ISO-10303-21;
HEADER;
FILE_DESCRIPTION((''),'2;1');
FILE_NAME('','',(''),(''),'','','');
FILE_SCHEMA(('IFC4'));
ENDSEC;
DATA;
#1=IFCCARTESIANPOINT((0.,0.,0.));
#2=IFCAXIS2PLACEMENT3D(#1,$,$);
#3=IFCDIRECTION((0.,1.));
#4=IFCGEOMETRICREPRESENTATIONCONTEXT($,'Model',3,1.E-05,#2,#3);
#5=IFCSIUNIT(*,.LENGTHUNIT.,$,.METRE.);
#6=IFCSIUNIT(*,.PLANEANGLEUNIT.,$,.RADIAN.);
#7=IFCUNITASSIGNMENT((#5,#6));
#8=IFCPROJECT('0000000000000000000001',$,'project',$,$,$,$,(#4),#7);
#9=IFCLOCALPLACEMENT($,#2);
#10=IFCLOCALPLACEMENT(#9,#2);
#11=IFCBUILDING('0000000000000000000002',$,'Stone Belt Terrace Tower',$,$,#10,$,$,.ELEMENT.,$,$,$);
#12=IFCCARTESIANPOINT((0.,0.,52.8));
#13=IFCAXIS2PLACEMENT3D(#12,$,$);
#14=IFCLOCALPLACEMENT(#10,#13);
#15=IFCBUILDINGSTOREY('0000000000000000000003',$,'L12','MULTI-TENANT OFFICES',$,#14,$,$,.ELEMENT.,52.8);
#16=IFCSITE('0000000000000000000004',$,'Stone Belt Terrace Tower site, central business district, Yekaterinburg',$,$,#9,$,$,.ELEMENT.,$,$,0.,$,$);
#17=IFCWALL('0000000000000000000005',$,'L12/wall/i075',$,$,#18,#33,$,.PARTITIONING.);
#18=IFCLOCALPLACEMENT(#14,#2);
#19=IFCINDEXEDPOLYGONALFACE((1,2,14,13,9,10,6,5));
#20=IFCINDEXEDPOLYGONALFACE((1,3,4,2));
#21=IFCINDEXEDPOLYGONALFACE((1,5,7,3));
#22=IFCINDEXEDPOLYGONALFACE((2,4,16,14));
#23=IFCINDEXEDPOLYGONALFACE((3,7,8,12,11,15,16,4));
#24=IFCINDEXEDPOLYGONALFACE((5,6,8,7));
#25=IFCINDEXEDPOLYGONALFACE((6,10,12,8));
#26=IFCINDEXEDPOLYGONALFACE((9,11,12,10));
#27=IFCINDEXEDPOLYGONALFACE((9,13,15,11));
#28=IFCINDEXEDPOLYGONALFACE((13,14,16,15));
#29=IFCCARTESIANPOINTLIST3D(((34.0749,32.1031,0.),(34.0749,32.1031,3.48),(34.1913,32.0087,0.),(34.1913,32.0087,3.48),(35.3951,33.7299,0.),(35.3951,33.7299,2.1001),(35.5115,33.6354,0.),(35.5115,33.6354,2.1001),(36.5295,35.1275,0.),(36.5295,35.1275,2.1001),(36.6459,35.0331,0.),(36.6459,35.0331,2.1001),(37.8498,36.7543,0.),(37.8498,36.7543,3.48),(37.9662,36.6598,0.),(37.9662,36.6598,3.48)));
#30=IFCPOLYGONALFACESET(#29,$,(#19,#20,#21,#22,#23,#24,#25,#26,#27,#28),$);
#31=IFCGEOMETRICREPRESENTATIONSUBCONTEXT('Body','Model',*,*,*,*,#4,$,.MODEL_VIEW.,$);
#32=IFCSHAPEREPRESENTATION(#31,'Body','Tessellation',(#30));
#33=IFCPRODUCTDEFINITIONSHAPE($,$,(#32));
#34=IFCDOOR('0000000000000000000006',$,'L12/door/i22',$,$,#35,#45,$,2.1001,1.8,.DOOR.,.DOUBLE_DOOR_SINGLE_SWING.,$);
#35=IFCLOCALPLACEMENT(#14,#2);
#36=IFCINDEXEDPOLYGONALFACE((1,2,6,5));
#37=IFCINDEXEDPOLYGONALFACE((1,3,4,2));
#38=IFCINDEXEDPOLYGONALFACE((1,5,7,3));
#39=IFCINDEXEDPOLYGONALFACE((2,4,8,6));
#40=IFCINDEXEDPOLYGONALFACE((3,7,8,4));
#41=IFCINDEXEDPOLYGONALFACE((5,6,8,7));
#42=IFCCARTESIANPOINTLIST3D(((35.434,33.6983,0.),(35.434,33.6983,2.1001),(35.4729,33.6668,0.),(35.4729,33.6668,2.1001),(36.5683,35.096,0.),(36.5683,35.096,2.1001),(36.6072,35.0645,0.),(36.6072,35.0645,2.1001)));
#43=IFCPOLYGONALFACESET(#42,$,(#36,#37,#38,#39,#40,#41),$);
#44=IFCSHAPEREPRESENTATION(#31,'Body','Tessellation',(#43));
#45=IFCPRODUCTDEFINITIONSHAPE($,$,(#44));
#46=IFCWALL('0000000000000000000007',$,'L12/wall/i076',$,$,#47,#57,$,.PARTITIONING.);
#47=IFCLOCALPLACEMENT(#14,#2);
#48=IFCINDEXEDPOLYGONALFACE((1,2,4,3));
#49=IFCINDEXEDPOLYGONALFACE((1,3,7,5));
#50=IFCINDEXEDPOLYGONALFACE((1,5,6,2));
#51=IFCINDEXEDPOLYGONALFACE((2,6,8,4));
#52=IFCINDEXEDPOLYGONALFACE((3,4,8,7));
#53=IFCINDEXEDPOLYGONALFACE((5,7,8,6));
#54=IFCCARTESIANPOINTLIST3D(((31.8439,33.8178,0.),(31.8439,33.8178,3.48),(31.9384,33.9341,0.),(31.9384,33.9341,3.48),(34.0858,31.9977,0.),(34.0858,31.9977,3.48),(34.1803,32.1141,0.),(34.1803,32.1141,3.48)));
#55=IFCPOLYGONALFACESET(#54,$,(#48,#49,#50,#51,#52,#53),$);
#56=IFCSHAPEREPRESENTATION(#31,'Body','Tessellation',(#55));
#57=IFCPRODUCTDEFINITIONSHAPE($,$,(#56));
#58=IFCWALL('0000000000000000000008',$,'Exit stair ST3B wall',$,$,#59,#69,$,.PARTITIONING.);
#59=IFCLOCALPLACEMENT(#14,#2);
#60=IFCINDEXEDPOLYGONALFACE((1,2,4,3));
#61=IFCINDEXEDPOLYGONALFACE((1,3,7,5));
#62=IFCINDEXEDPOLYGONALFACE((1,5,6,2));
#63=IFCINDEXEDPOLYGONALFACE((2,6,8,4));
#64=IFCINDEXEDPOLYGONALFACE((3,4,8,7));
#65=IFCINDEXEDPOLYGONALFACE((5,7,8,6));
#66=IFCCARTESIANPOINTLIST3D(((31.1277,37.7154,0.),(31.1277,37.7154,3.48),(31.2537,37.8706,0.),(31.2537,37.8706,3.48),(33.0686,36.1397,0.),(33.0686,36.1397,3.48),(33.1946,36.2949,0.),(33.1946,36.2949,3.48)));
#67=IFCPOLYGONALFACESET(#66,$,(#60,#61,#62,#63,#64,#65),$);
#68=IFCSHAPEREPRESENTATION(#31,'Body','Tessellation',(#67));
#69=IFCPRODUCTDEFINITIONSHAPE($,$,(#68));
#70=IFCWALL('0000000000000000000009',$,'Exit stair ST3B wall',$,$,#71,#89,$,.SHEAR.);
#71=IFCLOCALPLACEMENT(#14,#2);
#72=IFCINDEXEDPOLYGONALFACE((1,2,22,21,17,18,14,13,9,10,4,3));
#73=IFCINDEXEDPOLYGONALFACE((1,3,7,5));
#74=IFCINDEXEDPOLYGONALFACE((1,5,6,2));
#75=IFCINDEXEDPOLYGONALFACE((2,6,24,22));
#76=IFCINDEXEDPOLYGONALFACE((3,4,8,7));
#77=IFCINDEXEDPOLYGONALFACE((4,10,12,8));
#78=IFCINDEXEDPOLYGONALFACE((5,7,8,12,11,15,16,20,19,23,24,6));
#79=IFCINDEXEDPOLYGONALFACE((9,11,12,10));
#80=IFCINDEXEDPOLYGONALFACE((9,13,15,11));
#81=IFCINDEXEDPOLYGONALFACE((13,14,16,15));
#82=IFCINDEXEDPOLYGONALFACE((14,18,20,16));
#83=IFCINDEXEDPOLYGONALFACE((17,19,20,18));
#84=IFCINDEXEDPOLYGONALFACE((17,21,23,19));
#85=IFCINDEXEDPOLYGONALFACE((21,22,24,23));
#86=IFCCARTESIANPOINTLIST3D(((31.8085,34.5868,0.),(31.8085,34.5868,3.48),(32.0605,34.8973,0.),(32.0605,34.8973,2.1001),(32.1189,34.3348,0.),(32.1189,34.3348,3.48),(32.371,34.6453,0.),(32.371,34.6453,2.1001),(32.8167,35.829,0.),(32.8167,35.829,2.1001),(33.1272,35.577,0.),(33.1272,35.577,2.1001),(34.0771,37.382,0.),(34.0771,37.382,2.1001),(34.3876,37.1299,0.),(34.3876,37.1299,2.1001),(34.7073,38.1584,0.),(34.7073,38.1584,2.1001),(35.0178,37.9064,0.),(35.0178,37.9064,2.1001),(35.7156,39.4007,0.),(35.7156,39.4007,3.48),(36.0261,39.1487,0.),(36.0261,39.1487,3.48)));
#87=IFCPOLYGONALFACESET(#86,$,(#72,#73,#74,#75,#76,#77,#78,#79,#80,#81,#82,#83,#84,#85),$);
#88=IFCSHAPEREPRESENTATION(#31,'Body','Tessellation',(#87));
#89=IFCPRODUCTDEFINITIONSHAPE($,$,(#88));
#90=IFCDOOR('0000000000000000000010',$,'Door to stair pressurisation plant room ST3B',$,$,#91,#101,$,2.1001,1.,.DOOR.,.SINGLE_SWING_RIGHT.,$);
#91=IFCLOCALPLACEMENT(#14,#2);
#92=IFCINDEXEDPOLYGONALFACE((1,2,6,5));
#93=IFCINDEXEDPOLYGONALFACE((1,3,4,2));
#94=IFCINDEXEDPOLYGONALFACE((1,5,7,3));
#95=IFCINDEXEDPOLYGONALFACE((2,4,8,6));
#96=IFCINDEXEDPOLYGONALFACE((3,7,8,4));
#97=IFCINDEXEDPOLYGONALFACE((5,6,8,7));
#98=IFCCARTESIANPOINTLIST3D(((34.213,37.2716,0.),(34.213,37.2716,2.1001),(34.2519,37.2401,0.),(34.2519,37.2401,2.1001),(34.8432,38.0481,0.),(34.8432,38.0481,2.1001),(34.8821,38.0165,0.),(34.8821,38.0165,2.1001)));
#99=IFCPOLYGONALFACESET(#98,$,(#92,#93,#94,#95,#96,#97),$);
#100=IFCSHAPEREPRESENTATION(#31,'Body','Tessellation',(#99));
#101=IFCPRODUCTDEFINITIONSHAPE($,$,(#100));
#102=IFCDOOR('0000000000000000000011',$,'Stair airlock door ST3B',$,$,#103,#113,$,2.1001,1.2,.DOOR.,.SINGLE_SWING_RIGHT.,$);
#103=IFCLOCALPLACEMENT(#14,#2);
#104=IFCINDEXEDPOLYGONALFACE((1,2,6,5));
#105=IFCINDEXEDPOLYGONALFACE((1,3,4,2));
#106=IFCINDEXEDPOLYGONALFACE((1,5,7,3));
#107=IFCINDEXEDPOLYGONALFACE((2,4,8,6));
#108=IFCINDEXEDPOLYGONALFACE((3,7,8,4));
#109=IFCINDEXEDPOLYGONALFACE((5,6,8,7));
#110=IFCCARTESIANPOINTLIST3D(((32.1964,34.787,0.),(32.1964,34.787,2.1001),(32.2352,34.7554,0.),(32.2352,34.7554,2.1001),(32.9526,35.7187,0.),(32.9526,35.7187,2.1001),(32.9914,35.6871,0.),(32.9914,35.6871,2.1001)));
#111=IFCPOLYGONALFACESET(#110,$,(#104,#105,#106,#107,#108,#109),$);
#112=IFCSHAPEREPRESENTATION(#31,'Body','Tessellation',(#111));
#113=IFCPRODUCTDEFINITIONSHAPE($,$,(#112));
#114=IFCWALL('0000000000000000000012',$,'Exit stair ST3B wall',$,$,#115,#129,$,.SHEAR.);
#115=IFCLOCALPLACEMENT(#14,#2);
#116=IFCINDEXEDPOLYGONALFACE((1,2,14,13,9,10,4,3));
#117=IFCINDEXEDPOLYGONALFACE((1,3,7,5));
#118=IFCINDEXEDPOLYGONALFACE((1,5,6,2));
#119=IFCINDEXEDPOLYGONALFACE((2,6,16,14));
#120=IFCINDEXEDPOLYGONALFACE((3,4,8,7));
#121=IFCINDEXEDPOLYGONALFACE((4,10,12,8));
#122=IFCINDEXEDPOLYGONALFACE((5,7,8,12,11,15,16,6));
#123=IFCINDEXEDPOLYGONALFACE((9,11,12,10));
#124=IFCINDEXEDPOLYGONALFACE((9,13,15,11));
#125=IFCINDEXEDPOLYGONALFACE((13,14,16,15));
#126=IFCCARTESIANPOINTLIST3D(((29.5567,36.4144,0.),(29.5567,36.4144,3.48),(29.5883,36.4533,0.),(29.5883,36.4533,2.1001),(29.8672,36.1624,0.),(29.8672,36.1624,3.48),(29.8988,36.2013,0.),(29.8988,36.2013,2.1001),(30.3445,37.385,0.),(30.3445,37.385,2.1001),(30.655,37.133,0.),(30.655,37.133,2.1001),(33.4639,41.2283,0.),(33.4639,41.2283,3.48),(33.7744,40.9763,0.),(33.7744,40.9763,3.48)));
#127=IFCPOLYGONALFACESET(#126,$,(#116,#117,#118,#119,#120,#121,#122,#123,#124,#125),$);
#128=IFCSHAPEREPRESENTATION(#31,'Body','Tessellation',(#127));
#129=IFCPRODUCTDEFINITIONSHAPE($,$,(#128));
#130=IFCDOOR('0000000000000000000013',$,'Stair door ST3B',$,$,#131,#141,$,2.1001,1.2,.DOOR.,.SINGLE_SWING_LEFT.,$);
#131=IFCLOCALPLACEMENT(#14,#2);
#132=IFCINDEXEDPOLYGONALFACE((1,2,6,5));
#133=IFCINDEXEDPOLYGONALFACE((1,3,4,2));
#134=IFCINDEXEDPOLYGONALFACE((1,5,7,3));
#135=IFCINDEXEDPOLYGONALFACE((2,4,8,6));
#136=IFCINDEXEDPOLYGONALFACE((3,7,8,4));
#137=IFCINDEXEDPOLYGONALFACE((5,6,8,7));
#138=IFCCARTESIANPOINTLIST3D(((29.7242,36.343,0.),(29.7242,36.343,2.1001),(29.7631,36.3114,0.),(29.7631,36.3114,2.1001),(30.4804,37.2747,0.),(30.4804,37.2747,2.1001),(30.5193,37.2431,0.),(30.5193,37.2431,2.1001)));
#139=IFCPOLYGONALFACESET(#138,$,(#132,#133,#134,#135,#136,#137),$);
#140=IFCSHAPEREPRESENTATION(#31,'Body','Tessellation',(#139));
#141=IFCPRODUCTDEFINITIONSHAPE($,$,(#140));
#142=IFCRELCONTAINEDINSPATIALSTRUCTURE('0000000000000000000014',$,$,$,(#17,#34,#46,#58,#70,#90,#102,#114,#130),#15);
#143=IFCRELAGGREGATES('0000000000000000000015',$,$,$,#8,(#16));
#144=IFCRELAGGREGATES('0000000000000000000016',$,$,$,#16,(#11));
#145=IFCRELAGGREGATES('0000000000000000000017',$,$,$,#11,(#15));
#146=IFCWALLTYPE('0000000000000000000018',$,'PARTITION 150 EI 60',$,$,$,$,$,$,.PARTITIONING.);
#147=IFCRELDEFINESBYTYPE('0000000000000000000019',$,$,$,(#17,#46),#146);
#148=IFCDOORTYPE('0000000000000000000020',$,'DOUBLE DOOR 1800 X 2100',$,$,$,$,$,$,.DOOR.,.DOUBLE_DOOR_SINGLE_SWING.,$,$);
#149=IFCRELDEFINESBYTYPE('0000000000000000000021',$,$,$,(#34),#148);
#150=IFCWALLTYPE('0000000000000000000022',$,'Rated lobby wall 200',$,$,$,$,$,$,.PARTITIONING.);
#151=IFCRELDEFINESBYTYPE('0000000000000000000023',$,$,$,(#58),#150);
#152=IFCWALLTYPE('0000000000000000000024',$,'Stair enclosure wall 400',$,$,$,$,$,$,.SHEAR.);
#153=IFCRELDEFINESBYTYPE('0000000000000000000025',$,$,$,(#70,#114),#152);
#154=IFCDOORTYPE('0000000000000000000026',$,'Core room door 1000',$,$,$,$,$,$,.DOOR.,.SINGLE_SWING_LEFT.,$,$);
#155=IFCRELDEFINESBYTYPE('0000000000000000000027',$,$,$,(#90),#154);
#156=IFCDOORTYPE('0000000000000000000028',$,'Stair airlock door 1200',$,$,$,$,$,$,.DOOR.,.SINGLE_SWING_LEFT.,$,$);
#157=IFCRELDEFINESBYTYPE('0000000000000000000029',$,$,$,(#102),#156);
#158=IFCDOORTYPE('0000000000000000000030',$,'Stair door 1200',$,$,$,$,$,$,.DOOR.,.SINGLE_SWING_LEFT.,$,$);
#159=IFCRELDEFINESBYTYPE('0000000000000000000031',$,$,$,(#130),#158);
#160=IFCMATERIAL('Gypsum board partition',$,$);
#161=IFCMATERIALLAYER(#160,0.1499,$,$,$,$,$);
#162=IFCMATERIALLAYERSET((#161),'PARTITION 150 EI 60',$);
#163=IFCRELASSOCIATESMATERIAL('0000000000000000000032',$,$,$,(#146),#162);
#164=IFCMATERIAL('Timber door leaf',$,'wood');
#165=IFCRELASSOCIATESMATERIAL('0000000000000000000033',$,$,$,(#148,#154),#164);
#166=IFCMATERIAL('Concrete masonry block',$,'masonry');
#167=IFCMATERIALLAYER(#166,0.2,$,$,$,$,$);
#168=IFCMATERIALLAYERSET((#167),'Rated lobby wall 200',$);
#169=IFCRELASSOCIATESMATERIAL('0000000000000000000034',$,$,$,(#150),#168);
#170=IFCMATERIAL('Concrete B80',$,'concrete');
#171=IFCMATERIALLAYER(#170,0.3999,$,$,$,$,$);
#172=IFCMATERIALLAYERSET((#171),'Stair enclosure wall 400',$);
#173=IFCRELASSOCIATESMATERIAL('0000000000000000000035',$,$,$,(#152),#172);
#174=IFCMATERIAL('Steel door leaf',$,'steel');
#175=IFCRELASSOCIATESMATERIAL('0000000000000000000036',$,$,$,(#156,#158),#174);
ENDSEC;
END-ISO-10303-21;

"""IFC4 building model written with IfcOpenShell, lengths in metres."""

from ifc_helpers import new_model, si_unit, direction, frame, frame_2d, origin, place, context, subcontext, project, spatial, rectangle, extrude, material, layer, layer_set, type_object, element, fill, save


model = new_model("IFC4")

# Units and contexts
model_context = context("Model", 3, precision=1e-05, world=origin(), true_north=direction((0.0, 1.0)))
body_context = subcontext(model_context, "Body", "Model", "MODEL_VIEW")
ifc_project = project(units=[si_unit("LENGTHUNIT", "METRE"), si_unit("PLANEANGLEUNIT", "RADIAN")], contexts=[model_context])

# Site, building, storey
site_placement = place(None, origin())
site = spatial("IfcSite", under=ifc_project, at=site_placement, Name="Stone Belt Terrace Tower site, central business district, Yekaterinburg", CompositionType="ELEMENT", RefElevation=0.0)
building_placement = place(site_placement, origin())
building = spatial("IfcBuilding", under=site, at=building_placement, Name="Stone Belt Terrace Tower", CompositionType="ELEMENT")
storey_placement = place(building_placement, frame((0.0, 0.0, 52.8)))
storey = spatial("IfcBuildingStorey", under=building, at=storey_placement, Name="L12", Description="MULTI-TENANT OFFICES", CompositionType="ELEMENT", Elevation=52.8)

# Shared definitions
ifc_material_1 = material(Name="Concrete B80", Category="concrete")

# Shared definitions
ifc_material_2 = material(Name="Gypsum board partition")
ifc_layer_1 = layer(ifc_material_2, 0.1499)
ifc_layer_set_1 = layer_set([ifc_layer_1], Name="PARTITION 150 EI 60")
wall_type_1 = type_object("IfcWallType", Name="PARTITION 150 EI 60", PredefinedType="PARTITIONING", material=ifc_layer_set_1)

# Wall, opening, door
wall_1_placement = place(storey_placement, frame((34.1331, 32.0559, 0.0), z_axis=(0.0, 0.0, 1.0), x_axis=(0.630177, 0.776452, 0.0)))
wall_1 = element("IfcWall", 1, at=wall_1_placement, inside=storey, type_object=wall_type_1, Name="L12/wall/i075", PredefinedType="PARTITIONING", context=body_context, shape_type="SweptSolid", body=[
    extrude(rectangle(XDim=5.9902, YDim=0.1499, at=frame_2d((2.9951, 0.0))), origin(), (0.0, 0.0, 1.0), 3.48),
])
opening_1_placement = place(wall_1_placement, frame((2.0952, 0.0, 0.0)))
opening_1 = element("IfcOpeningElement", 2, at=opening_1_placement, cuts=wall_1, PredefinedType="OPENING", context=body_context, shape_type="SweptSolid", body=[
    extrude(rectangle(XDim=1.8, YDim=2.1001, at=frame_2d((0.8999, 1.05))), frame((0.0, 0.085, 0.0), z_axis=(0.0, -1.0, 0.0), x_axis=(1.0, 0.0, 0.0)), (0.0, 0.0, 1.0), 0.1699),
])
ifc_material_3 = material(Name="Timber door leaf", Category="wood")
door_type_1 = type_object("IfcDoorType", Name="DOUBLE DOOR 1800 X 2100", OperationType="DOUBLE_DOOR_SINGLE_SWING", PredefinedType="DOOR", material=ifc_material_3)
door_1_placement = place(opening_1_placement, origin())
door_1 = element("IfcDoor", 3, at=door_1_placement, inside=storey, type_object=door_type_1, Name="L12/door/i22", OperationType="DOUBLE_DOOR_SINGLE_SWING", OverallHeight=2.1001, OverallWidth=1.8, PredefinedType="DOOR", context=body_context, shape_type="SweptSolid", body=[
    extrude(rectangle(XDim=1.8, YDim=2.1001, at=frame_2d((0.8999, 1.05))), frame((0.0, 0.0249, 0.0), z_axis=(0.0, -1.0, 0.0), x_axis=(1.0, 0.0, 0.0)), (0.0, 0.0, 1.0), 0.05),
])
fill(opening_1, door_1)

# Walls
wall_2_placement = place(storey_placement, frame((34.1331, 32.0559, 0.0), z_axis=(0.0, 0.0, 1.0), x_axis=(-0.77637, 0.630277, 0.0)))
element("IfcWall", 4, at=wall_2_placement, inside=storey, type_object=wall_type_1, Name="L12/wall/i076", PredefinedType="PARTITIONING", context=body_context, shape_type="SweptSolid", body=[
    extrude(rectangle(XDim=2.8877, YDim=0.1499, at=frame_2d((1.4438, 0.0))), origin(), (0.0, 0.0, 1.0), 3.48),
])
ifc_material_4 = material(Name="Concrete masonry block", Category="masonry")
ifc_layer_2 = layer(ifc_material_4, 0.2)
ifc_layer_set_2 = layer_set([ifc_layer_2], Name="Rated lobby wall 200")
wall_type_2 = type_object("IfcWallType", Name="Rated lobby wall 200", PredefinedType="PARTITIONING", material=ifc_layer_set_2)
wall_3_placement = place(storey_placement, frame((31.1907, 37.793, 0.0), z_axis=(0.0, 0.0, 1.0), x_axis=(0.776371, -0.630276, 0.0)))
element("IfcWall", 5, at=wall_3_placement, inside=storey, type_object=wall_type_2, Name="Exit stair ST3B wall", PredefinedType="PARTITIONING", context=body_context, shape_type="SweptSolid", body=[
    extrude(rectangle(XDim=2.5, YDim=0.2, at=frame_2d((1.25, 0.0))), origin(), (0.0, 0.0, 1.0), 3.48),
])

# Wall, openings, doors
ifc_layer_3 = layer(ifc_material_1, 0.3999)
ifc_layer_set_3 = layer_set([ifc_layer_3], Name="Stair enclosure wall 400")
wall_type_3 = type_object("IfcWallType", Name="Stair enclosure wall 400", PredefinedType="SHEAR", material=ifc_layer_set_3)
wall_4_placement = place(storey_placement, frame((31.9636, 34.4607, 0.0), z_axis=(0.0, 0.0, 1.0), x_axis=(0.630192, 0.776439, 0.0)))
wall_4 = element("IfcWall", 6, at=wall_4_placement, inside=storey, type_object=wall_type_3, Name="Exit stair ST3B wall", PredefinedType="SHEAR", context=body_context, shape_type="SweptSolid", body=[
    extrude(rectangle(XDim=6.2, YDim=0.3999, at=frame_2d((3.1001, 0.0))), origin(), (0.0, 0.0, 1.0), 3.48),
])
opening_2_placement = place(wall_4_placement, frame((0.3999, 0.0, 0.0)))
opening_2 = element("IfcOpeningElement", 7, at=opening_2_placement, cuts=wall_4, PredefinedType="OPENING", context=body_context, shape_type="SweptSolid", body=[
    extrude(rectangle(XDim=1.2, YDim=2.1001, at=frame_2d((0.6001, 1.05))), frame((0.0, 0.21, 0.0), z_axis=(0.0, -1.0, 0.0), x_axis=(1.0, 0.0, 0.0)), (0.0, 0.0, 1.0), 0.4199),
])
opening_3_placement = place(wall_4_placement, frame((3.6001, 0.0, 0.0)))
opening_3 = element("IfcOpeningElement", 8, at=opening_3_placement, cuts=wall_4, PredefinedType="OPENING", context=body_context, shape_type="SweptSolid", body=[
    extrude(rectangle(XDim=1.0, YDim=2.1001, at=frame_2d((0.5, 1.05))), frame((0.0, 0.21, 0.0), z_axis=(0.0, -1.0, 0.0), x_axis=(1.0, 0.0, 0.0)), (0.0, 0.0, 1.0), 0.4199),
])
door_type_2 = type_object("IfcDoorType", Name="Core room door 1000", OperationType="SINGLE_SWING_LEFT", PredefinedType="DOOR", material=ifc_material_3)
door_2_placement = place(opening_3_placement, origin())
door_2 = element("IfcDoor", 9, at=door_2_placement, inside=storey, type_object=door_type_2, Name="Door to stair pressurisation plant room ST3B", OperationType="SINGLE_SWING_RIGHT", OverallHeight=2.1001, OverallWidth=1.0, PredefinedType="DOOR", context=body_context, shape_type="SweptSolid", body=[
    extrude(rectangle(XDim=1.0, YDim=2.1001, at=frame_2d((0.5, 1.05))), frame((0.0, 0.0249, 0.0), z_axis=(0.0, -1.0, 0.0), x_axis=(1.0, 0.0, 0.0)), (0.0, 0.0, 1.0), 0.05),
])
fill(opening_3, door_2)
ifc_material_5 = material(Name="Steel door leaf", Category="steel")
door_type_3 = type_object("IfcDoorType", Name="Stair airlock door 1200", OperationType="SINGLE_SWING_LEFT", PredefinedType="DOOR", material=ifc_material_5)
door_3_placement = place(opening_2_placement, origin())
door_3 = element("IfcDoor", 10, at=door_3_placement, inside=storey, type_object=door_type_3, Name="Stair airlock door ST3B", OperationType="SINGLE_SWING_RIGHT", OverallHeight=2.1001, OverallWidth=1.2, PredefinedType="DOOR", context=body_context, shape_type="SweptSolid", body=[
    extrude(rectangle(XDim=1.2, YDim=2.1001, at=frame_2d((0.6001, 1.05))), frame((0.0, 0.0249, 0.0), z_axis=(0.0, -1.0, 0.0), x_axis=(1.0, 0.0, 0.0)), (0.0, 0.0, 1.0), 0.05),
])
fill(opening_2, door_3)

# Wall, opening, door
wall_5_placement = place(storey_placement, frame((29.7119, 36.2883, 0.0), z_axis=(0.0, 0.0, 1.0), x_axis=(0.630192, 0.776439, 0.0)))
wall_5 = element("IfcWall", 11, at=wall_5_placement, inside=storey, type_object=wall_type_3, Name="Exit stair ST3B wall", PredefinedType="SHEAR", context=body_context, shape_type="SweptSolid", body=[
    extrude(rectangle(XDim=6.2, YDim=0.3999, at=frame_2d((3.1001, 0.0))), origin(), (0.0, 0.0, 1.0), 3.48),
])
opening_4_placement = place(wall_5_placement, frame((0.05, 0.0, 0.0)))
opening_4 = element("IfcOpeningElement", 12, at=opening_4_placement, cuts=wall_5, PredefinedType="OPENING", context=body_context, shape_type="SweptSolid", body=[
    extrude(rectangle(XDim=1.2, YDim=2.1001, at=frame_2d((0.6001, 1.05))), frame((0.0, 0.21, 0.0), z_axis=(0.0, -1.0, 0.0), x_axis=(1.0, 0.0, 0.0)), (0.0, 0.0, 1.0), 0.4199),
])
door_type_4 = type_object("IfcDoorType", Name="Stair door 1200", OperationType="SINGLE_SWING_LEFT", PredefinedType="DOOR", material=ifc_material_5)
door_4_placement = place(opening_4_placement, origin())
door_4 = element("IfcDoor", 13, at=door_4_placement, inside=storey, type_object=door_type_4, Name="Stair door ST3B", OperationType="SINGLE_SWING_LEFT", OverallHeight=2.1001, OverallWidth=1.2, PredefinedType="DOOR", context=body_context, shape_type="SweptSolid", body=[
    extrude(rectangle(XDim=1.2, YDim=2.1001, at=frame_2d((0.6001, 1.05))), frame((0.0, 0.0249, 0.0), z_axis=(0.0, -1.0, 0.0), x_axis=(1.0, 0.0, 0.0)), (0.0, 0.0, 1.0), 0.05),
])
fill(opening_4, door_4)

save(model, "model.ifc")
